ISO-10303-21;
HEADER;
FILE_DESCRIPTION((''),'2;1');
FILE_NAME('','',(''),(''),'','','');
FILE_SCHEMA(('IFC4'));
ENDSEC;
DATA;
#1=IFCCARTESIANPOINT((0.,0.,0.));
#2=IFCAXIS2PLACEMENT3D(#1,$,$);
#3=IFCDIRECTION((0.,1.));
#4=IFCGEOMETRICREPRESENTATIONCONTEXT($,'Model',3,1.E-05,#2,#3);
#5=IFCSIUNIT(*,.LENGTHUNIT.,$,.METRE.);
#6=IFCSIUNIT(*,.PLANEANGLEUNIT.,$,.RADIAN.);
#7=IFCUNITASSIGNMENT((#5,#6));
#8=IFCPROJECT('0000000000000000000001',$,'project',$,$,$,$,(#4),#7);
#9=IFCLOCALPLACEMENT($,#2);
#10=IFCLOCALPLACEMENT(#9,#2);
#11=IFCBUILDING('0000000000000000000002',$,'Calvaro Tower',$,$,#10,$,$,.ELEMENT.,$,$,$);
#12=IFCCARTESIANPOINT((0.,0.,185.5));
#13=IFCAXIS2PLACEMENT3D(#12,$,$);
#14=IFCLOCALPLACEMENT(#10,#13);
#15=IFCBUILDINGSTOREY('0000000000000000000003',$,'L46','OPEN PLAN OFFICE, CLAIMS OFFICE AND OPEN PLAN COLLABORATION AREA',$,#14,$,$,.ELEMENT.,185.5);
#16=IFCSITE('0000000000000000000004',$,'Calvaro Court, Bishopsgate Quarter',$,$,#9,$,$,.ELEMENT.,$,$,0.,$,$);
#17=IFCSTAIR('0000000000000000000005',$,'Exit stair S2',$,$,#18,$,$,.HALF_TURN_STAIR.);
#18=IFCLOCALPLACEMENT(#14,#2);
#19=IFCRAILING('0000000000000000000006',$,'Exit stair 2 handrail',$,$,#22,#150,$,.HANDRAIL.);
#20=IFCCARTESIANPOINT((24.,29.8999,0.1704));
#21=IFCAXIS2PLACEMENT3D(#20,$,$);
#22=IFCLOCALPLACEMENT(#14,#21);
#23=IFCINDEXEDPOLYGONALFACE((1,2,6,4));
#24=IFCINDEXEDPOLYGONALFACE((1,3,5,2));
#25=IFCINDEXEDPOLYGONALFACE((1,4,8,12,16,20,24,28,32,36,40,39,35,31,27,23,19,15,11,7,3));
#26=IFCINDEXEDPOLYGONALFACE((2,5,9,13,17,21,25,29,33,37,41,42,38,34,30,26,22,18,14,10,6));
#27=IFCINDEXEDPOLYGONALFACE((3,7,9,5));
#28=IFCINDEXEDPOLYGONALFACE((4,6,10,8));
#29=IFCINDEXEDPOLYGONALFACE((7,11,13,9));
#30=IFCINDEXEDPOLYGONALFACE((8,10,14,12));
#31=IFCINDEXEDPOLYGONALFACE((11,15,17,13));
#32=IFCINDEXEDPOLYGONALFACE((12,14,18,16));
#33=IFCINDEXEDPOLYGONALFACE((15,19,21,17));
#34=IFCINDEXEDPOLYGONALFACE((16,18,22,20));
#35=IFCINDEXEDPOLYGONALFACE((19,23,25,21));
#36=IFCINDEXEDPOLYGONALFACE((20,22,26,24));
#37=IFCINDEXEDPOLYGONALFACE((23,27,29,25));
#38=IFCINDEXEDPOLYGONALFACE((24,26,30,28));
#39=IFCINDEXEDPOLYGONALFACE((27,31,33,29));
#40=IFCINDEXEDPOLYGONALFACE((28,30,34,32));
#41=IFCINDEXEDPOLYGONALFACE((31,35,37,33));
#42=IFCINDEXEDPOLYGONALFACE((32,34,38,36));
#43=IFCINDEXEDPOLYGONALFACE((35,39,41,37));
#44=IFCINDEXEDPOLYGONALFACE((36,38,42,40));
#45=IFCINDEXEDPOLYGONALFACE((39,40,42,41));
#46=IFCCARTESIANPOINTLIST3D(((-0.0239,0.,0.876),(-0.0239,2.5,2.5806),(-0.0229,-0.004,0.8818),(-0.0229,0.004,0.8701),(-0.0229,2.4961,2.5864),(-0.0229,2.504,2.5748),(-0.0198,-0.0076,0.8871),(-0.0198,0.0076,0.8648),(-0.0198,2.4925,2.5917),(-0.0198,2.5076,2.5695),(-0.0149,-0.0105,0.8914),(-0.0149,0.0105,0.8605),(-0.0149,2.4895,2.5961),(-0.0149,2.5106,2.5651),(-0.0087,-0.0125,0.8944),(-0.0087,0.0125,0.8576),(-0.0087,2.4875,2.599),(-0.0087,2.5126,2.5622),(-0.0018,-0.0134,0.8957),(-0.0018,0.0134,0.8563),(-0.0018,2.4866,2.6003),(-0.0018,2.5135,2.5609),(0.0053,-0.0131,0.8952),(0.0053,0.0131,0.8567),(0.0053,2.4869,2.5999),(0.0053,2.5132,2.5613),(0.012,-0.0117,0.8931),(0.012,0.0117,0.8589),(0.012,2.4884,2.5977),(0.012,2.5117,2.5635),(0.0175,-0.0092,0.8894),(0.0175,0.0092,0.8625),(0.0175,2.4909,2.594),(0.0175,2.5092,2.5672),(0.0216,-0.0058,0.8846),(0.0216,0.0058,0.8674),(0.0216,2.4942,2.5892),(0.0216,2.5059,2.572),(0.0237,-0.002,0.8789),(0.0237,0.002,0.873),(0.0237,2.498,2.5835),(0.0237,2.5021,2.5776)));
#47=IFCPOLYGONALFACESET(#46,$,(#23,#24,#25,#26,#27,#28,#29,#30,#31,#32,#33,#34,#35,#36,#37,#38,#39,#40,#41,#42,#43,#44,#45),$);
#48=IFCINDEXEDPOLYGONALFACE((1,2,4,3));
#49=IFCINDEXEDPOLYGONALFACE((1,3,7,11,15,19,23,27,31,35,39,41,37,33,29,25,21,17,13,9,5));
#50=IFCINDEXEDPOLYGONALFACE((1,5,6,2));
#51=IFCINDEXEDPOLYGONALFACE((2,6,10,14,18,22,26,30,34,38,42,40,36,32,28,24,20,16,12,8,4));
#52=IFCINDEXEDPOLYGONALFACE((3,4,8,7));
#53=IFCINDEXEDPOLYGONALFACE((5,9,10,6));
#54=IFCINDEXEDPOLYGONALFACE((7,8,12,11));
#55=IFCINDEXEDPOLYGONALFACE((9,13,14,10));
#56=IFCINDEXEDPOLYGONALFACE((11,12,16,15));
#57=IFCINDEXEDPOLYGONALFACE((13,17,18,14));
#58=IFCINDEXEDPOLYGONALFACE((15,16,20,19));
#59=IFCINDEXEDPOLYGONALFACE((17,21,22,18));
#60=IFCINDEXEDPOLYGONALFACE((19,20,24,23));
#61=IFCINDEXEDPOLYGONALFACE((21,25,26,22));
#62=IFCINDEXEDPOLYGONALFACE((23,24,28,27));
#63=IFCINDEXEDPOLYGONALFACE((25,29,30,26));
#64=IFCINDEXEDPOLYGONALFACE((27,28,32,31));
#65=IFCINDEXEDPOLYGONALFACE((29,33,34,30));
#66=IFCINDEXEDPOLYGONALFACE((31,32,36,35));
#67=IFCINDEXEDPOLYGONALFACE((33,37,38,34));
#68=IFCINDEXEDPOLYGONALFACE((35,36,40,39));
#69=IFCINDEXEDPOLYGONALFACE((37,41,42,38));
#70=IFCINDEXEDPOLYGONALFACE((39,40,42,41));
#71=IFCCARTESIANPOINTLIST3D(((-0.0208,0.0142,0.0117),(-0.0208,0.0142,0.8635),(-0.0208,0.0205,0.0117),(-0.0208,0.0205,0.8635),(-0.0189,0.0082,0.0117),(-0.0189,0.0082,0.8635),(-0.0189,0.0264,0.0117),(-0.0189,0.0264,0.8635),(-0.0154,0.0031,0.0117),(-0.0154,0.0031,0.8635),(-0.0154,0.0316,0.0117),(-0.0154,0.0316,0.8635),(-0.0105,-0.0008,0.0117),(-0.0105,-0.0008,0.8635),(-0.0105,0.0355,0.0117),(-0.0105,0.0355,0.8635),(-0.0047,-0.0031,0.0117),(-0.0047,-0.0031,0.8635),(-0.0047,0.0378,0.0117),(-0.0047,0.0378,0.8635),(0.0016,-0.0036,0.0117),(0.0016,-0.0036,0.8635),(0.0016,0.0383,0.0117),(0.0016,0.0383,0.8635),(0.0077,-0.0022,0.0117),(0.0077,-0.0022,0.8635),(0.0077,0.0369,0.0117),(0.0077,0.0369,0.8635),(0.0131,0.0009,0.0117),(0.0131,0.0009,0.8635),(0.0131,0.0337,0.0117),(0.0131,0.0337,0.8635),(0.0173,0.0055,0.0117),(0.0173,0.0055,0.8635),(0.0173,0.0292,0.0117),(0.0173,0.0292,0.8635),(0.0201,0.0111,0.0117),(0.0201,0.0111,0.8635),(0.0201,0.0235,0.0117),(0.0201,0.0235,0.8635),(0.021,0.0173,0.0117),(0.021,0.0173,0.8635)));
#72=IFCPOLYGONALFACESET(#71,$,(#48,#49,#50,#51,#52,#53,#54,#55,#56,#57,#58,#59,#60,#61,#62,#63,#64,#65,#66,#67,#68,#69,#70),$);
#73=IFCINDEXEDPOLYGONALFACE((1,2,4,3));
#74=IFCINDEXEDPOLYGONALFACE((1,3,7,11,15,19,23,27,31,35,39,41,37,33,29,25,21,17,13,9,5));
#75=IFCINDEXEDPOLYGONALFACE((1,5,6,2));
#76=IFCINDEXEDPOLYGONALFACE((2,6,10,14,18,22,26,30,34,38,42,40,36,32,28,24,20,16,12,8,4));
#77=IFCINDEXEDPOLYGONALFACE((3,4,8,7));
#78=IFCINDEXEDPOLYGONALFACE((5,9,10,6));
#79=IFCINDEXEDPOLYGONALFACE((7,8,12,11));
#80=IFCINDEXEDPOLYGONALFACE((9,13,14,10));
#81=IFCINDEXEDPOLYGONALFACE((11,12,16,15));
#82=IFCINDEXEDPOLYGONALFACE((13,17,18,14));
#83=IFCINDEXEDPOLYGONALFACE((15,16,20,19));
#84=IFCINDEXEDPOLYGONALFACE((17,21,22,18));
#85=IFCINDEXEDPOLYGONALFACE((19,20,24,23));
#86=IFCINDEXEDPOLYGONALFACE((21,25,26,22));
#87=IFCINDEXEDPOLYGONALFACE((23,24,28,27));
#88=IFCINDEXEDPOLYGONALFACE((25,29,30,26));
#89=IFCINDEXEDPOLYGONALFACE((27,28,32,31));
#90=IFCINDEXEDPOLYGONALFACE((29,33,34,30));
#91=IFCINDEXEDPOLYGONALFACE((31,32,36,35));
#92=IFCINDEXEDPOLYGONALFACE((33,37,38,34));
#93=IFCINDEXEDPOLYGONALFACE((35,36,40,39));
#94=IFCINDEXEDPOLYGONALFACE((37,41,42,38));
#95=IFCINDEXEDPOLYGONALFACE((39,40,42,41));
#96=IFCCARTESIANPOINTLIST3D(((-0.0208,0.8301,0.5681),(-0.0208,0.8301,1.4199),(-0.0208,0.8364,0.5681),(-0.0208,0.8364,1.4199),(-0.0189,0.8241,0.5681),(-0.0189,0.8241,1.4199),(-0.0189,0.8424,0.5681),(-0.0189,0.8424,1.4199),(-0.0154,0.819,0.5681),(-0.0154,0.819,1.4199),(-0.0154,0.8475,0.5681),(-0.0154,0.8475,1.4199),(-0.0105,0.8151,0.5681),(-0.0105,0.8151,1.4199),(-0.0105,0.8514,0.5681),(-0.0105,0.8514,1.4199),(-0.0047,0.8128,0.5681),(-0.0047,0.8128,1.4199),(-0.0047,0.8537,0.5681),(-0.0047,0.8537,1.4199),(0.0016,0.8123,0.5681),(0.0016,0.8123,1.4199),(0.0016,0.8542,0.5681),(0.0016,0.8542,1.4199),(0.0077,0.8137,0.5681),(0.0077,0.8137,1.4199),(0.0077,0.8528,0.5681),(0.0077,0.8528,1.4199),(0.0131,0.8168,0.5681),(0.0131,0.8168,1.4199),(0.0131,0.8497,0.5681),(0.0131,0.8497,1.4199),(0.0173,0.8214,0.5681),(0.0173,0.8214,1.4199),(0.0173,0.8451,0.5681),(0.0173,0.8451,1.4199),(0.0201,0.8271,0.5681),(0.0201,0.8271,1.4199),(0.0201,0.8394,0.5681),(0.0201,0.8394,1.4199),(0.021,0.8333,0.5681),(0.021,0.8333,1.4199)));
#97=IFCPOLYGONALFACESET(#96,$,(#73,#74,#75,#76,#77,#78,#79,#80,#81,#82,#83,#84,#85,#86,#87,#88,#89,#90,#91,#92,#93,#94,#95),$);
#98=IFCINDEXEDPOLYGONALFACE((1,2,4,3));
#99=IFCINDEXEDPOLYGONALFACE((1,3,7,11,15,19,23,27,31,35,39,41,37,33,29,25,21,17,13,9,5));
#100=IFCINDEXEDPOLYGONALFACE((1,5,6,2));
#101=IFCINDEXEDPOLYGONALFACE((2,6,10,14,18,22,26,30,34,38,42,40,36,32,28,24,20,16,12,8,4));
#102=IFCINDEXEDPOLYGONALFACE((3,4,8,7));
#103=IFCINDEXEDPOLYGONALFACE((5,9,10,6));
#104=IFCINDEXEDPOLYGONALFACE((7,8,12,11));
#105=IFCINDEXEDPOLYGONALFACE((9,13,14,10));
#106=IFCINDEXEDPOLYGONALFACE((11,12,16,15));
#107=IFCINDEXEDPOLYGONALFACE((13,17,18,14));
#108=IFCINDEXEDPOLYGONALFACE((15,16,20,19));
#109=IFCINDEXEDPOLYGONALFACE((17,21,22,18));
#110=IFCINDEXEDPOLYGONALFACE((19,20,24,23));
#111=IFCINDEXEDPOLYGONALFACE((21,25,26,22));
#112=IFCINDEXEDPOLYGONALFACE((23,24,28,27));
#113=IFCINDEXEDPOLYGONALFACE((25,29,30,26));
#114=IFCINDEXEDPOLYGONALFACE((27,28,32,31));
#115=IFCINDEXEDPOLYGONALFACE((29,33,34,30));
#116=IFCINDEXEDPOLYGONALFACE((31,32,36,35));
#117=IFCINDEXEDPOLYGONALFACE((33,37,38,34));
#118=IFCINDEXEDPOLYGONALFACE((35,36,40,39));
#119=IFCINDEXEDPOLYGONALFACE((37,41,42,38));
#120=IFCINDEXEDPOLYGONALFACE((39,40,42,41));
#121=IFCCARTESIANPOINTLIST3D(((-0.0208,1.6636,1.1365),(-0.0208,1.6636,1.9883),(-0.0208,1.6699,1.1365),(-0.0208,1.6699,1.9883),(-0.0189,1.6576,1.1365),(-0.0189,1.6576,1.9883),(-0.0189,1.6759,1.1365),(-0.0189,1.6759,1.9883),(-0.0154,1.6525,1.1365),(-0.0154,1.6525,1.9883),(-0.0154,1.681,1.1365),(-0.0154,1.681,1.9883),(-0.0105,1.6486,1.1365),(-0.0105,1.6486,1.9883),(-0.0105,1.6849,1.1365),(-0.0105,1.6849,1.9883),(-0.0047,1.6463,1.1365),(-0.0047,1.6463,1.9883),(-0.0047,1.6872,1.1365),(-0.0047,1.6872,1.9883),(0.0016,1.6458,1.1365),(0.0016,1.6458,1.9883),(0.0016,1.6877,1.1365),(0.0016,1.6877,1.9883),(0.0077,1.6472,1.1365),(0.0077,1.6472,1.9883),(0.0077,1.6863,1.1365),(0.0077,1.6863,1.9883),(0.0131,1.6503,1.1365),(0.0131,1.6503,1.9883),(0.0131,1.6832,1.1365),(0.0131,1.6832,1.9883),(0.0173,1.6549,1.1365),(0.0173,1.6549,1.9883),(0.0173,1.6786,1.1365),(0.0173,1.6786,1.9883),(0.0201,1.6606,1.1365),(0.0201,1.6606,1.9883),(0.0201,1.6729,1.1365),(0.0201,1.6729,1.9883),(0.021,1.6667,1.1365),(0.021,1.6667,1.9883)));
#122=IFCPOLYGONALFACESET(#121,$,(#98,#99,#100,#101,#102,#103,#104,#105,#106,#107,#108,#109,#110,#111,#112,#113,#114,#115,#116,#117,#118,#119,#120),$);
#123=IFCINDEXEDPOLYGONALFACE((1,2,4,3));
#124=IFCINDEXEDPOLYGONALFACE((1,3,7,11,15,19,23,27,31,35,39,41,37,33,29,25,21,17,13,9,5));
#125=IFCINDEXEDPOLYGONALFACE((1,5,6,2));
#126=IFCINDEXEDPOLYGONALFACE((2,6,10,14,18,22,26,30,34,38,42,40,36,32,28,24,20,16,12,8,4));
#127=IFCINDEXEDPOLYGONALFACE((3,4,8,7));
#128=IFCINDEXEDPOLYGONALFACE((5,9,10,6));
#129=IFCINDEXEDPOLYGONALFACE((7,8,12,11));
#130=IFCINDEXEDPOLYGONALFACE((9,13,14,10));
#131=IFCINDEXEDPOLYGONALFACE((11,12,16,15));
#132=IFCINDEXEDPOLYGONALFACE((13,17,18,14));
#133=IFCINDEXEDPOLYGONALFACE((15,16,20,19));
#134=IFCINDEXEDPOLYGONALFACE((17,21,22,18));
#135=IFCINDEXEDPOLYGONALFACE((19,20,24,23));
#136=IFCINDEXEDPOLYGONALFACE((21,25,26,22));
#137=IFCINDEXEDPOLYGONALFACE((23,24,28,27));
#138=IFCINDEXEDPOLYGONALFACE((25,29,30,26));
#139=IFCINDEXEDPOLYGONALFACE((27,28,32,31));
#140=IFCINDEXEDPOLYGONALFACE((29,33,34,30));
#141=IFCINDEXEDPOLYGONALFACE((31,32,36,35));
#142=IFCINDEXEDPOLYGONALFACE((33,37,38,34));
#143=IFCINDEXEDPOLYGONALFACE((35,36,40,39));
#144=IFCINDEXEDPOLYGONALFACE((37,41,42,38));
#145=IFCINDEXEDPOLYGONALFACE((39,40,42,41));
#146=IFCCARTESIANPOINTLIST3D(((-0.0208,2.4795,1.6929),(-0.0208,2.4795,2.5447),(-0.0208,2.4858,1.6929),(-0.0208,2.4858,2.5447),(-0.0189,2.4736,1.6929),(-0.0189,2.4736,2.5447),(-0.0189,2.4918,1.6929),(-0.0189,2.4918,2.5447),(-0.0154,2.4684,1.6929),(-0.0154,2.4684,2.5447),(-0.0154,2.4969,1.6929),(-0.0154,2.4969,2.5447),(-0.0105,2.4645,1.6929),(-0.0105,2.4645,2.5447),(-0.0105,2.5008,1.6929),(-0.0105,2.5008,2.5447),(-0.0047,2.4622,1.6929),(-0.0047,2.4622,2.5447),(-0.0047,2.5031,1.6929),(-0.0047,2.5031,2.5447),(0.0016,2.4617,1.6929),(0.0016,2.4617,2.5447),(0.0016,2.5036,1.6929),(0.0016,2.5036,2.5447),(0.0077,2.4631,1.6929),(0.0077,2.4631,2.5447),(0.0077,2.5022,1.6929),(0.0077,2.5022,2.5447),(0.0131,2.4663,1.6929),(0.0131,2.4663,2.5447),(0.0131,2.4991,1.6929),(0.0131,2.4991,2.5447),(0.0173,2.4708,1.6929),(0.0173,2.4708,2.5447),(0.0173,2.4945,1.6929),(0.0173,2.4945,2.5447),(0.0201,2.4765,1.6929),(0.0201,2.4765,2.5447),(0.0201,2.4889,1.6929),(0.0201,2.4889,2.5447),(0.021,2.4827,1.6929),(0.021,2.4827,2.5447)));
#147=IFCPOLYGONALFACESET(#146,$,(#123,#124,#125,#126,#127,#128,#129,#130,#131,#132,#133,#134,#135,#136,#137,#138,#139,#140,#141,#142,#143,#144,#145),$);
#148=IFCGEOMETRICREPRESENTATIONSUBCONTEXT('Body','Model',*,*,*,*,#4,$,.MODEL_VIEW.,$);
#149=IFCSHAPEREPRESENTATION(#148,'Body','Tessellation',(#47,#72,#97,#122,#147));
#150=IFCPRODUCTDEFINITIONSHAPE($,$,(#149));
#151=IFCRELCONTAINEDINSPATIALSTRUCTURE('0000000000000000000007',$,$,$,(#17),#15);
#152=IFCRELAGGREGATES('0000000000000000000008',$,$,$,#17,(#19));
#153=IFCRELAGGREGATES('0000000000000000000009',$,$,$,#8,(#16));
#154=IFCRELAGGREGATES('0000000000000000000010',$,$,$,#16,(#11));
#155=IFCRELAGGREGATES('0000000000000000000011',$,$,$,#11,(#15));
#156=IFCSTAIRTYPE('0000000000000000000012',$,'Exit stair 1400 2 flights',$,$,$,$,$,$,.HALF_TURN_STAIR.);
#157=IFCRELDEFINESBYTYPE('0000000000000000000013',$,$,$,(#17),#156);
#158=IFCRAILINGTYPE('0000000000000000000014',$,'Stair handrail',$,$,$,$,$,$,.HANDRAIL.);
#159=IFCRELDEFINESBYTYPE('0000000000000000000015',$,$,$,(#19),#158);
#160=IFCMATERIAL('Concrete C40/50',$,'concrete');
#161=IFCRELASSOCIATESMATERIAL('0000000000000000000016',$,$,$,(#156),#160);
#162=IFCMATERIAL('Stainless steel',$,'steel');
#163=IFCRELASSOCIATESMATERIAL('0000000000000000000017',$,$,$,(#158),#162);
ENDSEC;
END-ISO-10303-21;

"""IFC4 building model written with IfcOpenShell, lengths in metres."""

from ifc_helpers import new_model, si_unit, direction, frame, origin, origin_2d, place, context, subcontext, project, spatial, circle, extrude, material, type_object, element, aggregate, save


model = new_model("IFC4")

# Units and contexts
model_context = context("Model", 3, precision=1e-05, world=origin(), true_north=direction((0.0, 1.0)))
body_context = subcontext(model_context, "Body", "Model", "MODEL_VIEW")
ifc_project = project(units=[si_unit("LENGTHUNIT", "METRE"), si_unit("PLANEANGLEUNIT", "RADIAN")], contexts=[model_context])

# Site, building, storey
site_placement = place(None, origin())
site = spatial("IfcSite", under=ifc_project, at=site_placement, Name="Calvaro Court, Bishopsgate Quarter", CompositionType="ELEMENT", RefElevation=0.0)
building_placement = place(site_placement, origin())
building = spatial("IfcBuilding", under=site, at=building_placement, Name="Calvaro Tower", CompositionType="ELEMENT")
storey_placement = place(building_placement, frame((0.0, 0.0, 185.5)))
storey = spatial("IfcBuildingStorey", under=building, at=storey_placement, Name="L46", Description="OPEN PLAN OFFICE, CLAIMS OFFICE AND OPEN PLAN COLLABORATION AREA", CompositionType="ELEMENT", Elevation=185.5)

# Stair, railing
ifc_material_1 = material(Name="Concrete C40/50", Category="concrete")
stair_type = type_object("IfcStairType", Name="Exit stair 1400 2 flights", PredefinedType="HALF_TURN_STAIR", material=ifc_material_1)
stair_placement = place(storey_placement, origin())
stair = element("IfcStair", 1, at=stair_placement, inside=storey, type_object=stair_type, Name="Exit stair S2", PredefinedType="HALF_TURN_STAIR")
ifc_material_2 = material(Name="Stainless steel", Category="steel")
railing_type = type_object("IfcRailingType", Name="Stair handrail", PredefinedType="HANDRAIL", material=ifc_material_2)
railing_placement = place(storey_placement, frame((24.0, 29.8999, 0.1704)))
railing = element("IfcRailing", 2, at=railing_placement, type_object=railing_type, Name="Exit stair 2 handrail", PredefinedType="HANDRAIL", context=body_context, shape_type="SweptSolid", body=[
    extrude(circle(Radius=0.0239, at=origin_2d()), frame((0.0, 0.0, 0.876), z_axis=(0.0, 0.826221, 0.563347), x_axis=(-1.0, 0.0, 0.0)), (0.0, 0.0, 1.0), 3.0259),
    extrude(circle(Radius=0.021, at=origin_2d()), frame((0.0, 0.0173, 0.0117)), (0.0, 0.0, 1.0), 0.8518),
    extrude(circle(Radius=0.021, at=origin_2d()), frame((0.0, 0.8333, 0.5681)), (0.0, 0.0, 1.0), 0.8518),
    extrude(circle(Radius=0.021, at=origin_2d()), frame((0.0, 1.6667, 1.1365)), (0.0, 0.0, 1.0), 0.8518),
    extrude(circle(Radius=0.021, at=origin_2d()), frame((0.0, 2.4827, 1.6929)), (0.0, 0.0, 1.0), 0.8518),
])
aggregate(stair, [railing])

save(model, "model.ifc")
